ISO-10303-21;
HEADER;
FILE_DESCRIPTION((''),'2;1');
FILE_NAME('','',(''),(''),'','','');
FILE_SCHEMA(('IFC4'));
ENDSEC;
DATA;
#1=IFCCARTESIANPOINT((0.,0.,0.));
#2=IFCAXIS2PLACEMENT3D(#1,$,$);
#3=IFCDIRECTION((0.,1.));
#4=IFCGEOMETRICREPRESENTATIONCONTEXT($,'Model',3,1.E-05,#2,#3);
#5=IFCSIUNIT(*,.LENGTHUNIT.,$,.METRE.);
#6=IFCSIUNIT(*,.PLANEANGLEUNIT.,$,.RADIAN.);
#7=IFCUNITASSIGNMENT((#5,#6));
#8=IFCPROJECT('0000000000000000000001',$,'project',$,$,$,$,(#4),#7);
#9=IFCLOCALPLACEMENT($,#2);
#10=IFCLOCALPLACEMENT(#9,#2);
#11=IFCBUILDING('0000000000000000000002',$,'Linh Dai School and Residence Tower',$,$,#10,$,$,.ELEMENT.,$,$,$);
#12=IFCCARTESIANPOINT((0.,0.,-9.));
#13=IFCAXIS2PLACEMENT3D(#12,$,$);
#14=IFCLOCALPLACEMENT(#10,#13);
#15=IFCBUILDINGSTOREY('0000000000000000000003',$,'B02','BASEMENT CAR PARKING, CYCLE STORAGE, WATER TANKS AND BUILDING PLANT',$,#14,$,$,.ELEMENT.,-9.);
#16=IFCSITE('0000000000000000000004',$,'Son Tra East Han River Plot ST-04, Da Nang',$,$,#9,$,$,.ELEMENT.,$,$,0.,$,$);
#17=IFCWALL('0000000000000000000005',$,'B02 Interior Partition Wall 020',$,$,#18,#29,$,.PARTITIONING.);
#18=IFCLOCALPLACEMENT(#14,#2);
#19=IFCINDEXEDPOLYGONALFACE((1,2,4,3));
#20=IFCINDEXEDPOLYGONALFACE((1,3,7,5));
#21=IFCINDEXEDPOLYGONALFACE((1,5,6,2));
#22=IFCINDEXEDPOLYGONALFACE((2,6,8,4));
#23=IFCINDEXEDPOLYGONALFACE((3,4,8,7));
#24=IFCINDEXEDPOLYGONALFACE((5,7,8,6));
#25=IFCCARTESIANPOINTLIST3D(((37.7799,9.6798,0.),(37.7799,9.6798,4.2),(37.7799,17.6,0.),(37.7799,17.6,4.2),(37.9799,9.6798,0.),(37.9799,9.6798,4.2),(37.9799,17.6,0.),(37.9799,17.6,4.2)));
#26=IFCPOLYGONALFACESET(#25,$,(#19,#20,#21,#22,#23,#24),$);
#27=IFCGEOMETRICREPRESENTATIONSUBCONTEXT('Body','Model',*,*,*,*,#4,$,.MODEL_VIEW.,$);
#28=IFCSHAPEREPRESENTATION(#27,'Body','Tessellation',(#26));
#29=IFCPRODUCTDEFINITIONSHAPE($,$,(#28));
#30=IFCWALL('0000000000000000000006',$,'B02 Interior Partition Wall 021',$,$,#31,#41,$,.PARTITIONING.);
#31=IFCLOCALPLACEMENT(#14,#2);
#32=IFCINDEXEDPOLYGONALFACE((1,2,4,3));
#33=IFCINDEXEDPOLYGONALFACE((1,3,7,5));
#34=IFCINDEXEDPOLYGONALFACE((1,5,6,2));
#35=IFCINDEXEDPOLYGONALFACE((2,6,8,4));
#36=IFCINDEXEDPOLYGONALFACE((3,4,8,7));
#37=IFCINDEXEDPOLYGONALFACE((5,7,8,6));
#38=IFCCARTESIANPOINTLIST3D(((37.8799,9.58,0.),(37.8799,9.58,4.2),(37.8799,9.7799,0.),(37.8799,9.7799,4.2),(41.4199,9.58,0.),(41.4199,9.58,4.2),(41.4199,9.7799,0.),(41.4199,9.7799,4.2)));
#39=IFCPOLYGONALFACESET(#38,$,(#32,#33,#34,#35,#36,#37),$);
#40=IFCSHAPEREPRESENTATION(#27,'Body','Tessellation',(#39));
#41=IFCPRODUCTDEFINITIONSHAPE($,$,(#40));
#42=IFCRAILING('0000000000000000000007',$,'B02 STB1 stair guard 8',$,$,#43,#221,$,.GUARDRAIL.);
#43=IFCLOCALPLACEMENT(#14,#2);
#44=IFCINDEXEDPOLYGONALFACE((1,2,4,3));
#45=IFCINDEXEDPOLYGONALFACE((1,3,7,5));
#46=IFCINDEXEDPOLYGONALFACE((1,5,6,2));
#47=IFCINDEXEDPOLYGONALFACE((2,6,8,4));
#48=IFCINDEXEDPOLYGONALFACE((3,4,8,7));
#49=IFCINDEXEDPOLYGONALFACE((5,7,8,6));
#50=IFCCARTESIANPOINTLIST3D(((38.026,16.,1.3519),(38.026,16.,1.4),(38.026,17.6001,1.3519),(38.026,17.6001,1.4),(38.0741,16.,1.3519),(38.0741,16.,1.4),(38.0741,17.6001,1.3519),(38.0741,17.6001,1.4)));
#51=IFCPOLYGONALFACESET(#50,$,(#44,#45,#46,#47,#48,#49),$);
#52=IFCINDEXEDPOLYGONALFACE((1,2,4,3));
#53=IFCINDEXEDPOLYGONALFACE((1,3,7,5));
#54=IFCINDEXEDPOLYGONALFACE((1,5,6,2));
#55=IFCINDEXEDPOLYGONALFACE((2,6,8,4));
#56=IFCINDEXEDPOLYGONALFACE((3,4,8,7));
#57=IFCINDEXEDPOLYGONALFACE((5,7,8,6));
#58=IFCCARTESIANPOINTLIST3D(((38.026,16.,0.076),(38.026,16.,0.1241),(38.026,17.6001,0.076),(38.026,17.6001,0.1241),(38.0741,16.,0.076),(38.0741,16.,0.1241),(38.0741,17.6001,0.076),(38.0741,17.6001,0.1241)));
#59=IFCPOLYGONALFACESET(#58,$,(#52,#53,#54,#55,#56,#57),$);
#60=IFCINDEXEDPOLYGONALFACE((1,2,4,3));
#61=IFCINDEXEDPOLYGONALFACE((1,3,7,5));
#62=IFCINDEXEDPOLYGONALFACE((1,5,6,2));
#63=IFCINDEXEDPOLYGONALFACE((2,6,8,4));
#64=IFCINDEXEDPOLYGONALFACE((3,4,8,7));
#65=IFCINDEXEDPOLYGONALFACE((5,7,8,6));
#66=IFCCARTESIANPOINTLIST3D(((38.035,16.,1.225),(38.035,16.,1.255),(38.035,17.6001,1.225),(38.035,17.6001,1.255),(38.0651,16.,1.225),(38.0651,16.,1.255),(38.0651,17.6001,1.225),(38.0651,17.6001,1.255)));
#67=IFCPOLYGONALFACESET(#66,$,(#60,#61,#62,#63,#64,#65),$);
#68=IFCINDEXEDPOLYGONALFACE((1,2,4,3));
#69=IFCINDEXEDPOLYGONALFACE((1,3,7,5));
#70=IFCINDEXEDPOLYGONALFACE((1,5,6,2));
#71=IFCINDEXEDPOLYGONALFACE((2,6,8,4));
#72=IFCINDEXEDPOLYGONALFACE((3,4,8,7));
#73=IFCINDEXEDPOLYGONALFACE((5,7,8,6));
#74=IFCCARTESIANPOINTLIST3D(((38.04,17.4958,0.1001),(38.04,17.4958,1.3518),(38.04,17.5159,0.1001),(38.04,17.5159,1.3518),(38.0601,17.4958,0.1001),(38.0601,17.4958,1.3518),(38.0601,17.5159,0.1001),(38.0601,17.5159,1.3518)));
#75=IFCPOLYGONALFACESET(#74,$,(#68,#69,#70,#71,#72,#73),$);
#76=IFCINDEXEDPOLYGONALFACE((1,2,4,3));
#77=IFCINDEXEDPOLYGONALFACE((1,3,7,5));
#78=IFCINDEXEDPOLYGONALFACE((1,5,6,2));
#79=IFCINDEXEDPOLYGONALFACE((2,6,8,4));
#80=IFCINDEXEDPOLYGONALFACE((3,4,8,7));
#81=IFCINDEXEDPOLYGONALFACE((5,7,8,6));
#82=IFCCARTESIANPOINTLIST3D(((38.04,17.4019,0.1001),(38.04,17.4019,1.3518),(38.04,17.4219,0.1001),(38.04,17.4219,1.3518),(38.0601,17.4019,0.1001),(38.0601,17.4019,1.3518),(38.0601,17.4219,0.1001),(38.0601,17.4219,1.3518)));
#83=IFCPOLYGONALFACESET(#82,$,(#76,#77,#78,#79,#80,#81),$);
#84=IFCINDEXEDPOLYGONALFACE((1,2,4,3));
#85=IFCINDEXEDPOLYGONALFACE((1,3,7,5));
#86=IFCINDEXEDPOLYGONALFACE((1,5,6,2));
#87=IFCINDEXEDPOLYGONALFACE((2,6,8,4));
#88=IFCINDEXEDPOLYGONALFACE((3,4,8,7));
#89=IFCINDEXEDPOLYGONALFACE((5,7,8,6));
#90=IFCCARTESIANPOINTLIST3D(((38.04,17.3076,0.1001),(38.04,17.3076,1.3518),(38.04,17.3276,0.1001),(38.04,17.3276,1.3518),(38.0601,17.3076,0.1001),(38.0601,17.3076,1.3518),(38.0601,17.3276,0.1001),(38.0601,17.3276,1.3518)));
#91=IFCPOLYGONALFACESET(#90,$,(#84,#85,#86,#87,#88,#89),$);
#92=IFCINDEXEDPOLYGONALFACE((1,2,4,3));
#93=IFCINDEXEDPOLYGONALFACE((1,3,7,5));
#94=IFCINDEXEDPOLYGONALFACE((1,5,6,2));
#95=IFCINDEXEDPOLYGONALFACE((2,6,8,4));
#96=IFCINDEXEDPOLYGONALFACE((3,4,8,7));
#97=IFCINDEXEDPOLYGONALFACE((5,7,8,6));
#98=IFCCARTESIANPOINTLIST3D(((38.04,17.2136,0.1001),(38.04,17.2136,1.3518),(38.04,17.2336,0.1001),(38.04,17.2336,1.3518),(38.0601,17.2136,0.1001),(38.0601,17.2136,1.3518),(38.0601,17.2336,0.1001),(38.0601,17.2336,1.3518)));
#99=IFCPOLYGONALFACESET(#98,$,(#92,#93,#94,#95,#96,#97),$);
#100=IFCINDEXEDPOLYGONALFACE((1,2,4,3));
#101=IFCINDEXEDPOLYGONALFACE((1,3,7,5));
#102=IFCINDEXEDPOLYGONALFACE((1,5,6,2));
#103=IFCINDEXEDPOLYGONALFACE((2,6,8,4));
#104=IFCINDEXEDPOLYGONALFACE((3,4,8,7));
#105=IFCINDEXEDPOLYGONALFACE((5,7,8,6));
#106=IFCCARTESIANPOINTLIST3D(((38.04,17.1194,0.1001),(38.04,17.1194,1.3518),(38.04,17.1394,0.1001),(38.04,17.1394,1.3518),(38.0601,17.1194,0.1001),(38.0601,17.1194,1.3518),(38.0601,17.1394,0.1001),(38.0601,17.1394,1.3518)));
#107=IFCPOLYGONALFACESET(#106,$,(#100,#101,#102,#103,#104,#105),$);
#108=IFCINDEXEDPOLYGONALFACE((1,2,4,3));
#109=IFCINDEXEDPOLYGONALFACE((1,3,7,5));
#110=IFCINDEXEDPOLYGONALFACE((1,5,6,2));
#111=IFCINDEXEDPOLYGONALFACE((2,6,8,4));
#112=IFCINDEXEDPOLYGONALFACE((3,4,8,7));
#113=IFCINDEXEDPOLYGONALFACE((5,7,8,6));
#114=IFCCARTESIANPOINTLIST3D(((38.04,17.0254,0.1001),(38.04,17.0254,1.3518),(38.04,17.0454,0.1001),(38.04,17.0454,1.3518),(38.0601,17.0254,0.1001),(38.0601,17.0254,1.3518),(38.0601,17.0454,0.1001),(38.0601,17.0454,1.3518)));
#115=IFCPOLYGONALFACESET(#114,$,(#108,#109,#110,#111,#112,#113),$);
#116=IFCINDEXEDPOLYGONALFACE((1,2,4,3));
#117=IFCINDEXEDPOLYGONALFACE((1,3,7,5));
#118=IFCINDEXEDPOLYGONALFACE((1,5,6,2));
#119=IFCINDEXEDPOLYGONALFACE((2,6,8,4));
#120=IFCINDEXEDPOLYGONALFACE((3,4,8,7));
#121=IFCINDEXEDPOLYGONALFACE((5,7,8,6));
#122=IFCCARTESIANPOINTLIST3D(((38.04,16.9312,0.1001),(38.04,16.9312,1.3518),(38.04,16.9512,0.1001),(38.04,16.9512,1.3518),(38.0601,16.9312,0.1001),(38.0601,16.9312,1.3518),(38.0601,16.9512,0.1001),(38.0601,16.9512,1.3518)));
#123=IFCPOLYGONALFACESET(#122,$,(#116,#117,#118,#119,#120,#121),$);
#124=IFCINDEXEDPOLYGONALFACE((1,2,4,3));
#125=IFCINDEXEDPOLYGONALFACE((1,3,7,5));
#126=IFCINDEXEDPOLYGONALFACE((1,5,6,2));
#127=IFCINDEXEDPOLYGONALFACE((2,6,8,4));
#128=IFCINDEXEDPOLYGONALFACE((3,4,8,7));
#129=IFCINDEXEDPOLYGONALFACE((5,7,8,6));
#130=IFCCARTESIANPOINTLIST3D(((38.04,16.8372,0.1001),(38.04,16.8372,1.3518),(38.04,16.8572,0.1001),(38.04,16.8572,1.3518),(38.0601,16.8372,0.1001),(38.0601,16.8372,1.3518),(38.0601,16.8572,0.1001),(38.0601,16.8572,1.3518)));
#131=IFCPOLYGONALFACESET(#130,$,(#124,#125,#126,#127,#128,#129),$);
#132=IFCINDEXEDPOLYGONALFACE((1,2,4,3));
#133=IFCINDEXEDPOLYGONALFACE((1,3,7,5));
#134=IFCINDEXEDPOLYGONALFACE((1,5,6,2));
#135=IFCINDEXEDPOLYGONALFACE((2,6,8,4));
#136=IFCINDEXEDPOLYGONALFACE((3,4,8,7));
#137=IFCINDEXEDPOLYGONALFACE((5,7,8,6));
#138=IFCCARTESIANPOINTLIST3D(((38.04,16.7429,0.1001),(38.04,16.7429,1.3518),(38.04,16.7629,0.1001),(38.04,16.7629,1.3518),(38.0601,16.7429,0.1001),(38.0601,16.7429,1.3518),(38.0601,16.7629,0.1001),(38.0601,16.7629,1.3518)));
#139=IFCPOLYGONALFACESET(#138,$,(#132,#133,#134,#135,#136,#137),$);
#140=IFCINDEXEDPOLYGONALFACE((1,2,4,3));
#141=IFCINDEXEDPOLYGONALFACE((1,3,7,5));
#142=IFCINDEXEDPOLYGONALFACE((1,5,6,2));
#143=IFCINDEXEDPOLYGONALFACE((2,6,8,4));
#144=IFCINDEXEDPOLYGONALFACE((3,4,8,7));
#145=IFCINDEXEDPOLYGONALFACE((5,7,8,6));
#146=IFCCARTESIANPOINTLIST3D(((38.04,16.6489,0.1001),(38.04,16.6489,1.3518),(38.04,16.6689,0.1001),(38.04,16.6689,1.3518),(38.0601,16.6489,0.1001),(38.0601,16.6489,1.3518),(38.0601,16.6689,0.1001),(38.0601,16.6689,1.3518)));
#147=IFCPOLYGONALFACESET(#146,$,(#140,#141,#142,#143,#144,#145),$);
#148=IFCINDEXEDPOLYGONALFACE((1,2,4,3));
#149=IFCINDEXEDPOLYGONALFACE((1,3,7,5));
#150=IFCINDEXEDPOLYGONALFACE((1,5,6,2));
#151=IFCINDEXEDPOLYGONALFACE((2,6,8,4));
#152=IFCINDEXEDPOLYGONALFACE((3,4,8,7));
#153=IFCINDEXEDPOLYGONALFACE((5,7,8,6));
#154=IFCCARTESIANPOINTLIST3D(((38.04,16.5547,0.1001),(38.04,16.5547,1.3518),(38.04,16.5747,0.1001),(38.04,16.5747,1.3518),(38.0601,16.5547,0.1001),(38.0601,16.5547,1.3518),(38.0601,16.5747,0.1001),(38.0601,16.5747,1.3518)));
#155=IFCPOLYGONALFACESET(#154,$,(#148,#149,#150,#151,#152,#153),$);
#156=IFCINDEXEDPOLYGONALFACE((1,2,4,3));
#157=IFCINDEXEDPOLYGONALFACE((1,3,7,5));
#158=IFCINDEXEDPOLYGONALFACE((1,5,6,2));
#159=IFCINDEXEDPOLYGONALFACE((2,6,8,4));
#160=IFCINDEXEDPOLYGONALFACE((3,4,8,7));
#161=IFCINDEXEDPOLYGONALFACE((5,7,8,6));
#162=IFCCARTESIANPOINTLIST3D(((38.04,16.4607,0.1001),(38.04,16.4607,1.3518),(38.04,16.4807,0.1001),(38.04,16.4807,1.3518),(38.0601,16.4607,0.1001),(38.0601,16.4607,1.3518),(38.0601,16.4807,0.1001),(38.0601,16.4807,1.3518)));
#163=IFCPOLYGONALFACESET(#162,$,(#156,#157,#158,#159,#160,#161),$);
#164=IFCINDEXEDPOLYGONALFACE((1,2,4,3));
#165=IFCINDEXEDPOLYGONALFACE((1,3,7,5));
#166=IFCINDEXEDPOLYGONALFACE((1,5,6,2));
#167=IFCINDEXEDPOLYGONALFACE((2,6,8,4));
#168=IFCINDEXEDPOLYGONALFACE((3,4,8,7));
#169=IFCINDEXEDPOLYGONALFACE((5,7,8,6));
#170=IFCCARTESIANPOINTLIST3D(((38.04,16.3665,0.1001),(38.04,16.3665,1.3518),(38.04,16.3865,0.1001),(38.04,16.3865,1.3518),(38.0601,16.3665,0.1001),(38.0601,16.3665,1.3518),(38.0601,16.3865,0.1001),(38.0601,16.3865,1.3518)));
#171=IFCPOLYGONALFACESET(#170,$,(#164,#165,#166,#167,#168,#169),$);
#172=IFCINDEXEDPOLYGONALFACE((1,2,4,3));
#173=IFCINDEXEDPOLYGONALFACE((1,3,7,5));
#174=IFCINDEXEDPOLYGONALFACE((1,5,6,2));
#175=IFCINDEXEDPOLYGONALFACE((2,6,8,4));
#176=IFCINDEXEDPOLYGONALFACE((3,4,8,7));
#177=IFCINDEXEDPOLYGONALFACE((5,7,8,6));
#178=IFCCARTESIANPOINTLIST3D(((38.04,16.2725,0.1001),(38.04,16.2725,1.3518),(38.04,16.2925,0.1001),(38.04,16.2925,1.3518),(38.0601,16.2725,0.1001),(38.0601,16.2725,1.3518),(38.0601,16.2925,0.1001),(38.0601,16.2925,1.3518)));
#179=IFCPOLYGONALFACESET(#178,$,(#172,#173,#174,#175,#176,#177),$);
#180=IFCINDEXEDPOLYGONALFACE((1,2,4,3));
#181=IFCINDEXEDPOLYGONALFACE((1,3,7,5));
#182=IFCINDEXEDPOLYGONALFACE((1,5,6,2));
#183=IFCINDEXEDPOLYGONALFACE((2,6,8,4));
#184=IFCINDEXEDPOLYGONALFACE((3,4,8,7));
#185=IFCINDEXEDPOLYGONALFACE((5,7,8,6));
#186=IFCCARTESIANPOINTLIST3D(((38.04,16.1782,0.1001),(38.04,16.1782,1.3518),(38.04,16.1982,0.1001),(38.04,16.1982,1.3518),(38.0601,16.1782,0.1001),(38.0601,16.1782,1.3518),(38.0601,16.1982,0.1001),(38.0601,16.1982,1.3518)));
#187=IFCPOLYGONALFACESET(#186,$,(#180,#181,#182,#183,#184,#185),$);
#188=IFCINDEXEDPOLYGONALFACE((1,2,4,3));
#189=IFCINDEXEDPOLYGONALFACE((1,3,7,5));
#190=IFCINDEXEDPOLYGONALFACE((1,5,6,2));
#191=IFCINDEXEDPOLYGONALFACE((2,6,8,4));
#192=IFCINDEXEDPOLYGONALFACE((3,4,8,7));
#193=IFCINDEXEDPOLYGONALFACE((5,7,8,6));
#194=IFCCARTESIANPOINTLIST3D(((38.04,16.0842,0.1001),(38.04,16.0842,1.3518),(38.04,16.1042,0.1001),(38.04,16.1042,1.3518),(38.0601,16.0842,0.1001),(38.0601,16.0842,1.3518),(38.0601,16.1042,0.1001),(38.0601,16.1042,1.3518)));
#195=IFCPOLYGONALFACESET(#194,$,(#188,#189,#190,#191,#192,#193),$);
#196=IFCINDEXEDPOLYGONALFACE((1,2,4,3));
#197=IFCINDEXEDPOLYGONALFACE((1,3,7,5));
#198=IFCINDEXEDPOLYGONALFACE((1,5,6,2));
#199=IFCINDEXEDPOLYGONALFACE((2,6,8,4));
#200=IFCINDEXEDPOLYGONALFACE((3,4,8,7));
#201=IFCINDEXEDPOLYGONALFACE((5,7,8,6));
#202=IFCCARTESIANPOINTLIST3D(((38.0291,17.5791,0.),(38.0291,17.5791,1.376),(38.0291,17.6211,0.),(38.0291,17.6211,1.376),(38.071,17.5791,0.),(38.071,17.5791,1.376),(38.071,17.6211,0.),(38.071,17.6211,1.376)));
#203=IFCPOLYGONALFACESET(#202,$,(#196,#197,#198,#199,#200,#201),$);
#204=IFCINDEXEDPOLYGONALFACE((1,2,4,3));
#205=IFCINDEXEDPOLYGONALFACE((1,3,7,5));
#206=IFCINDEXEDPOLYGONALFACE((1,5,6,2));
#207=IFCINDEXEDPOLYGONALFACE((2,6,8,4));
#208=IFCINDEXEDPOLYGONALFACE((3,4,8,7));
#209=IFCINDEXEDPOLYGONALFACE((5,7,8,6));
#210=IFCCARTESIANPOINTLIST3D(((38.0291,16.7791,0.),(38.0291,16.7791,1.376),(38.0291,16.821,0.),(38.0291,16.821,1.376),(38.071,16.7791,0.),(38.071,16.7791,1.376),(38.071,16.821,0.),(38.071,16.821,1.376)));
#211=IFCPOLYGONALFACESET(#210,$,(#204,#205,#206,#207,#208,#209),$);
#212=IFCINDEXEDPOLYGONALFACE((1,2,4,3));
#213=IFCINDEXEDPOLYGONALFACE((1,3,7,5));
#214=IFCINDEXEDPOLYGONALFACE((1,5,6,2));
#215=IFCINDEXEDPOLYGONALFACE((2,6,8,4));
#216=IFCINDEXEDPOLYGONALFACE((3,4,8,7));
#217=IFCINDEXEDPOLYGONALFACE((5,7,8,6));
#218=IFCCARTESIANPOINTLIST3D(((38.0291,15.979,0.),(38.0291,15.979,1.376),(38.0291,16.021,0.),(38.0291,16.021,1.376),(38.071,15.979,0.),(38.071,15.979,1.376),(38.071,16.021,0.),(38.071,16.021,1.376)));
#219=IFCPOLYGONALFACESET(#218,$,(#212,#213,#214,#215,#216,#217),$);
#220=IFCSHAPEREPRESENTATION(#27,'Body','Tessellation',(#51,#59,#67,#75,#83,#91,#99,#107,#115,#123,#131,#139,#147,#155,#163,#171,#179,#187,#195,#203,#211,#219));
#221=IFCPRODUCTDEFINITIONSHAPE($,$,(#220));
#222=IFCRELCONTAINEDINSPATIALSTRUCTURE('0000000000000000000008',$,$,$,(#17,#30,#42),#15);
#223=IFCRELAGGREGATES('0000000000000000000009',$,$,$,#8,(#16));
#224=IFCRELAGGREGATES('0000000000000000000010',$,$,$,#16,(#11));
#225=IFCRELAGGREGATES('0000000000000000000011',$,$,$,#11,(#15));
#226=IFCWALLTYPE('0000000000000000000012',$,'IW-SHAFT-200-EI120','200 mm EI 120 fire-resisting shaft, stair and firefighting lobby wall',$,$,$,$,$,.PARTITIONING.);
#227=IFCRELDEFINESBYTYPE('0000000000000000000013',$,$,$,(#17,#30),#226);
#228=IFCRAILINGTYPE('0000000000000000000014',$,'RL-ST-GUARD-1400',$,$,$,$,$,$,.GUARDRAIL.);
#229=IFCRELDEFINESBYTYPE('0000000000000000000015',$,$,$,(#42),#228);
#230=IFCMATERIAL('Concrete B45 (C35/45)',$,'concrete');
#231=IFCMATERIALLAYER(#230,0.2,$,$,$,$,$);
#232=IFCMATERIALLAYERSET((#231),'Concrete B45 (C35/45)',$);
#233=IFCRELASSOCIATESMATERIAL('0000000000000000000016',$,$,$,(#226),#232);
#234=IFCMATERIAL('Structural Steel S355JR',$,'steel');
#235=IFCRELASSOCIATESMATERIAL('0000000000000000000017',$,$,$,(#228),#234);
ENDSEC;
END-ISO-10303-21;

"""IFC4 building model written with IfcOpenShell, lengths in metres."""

from ifc_helpers import new_model, si_unit, direction, frame, frame_2d, origin, origin_2d, place, context, subcontext, project, spatial, rectangle, extrude, source, transform, mapped, material, layer, layer_set, type_object, element, save


model = new_model("IFC4")

# Units and contexts
model_context = context("Model", 3, precision=1e-05, world=origin(), true_north=direction((0.0, 1.0)))
body_context = subcontext(model_context, "Body", "Model", "MODEL_VIEW")
ifc_project = project(units=[si_unit("LENGTHUNIT", "METRE"), si_unit("PLANEANGLEUNIT", "RADIAN")], contexts=[model_context])

# Site, building, storey
site_placement = place(None, origin())
site = spatial("IfcSite", under=ifc_project, at=site_placement, Name="Son Tra East Han River Plot ST-04, Da Nang", CompositionType="ELEMENT", RefElevation=0.0)
building_placement = place(site_placement, origin())
building = spatial("IfcBuilding", under=site, at=building_placement, Name="Linh Dai School and Residence Tower", CompositionType="ELEMENT")
storey_placement = place(building_placement, frame((0.0, 0.0, -9.0)))
storey = spatial("IfcBuildingStorey", under=building, at=storey_placement, Name="B02", Description="BASEMENT CAR PARKING, CYCLE STORAGE, WATER TANKS AND BUILDING PLANT", CompositionType="ELEMENT", Elevation=-9.0)

# Shared definitions
ifc_material_1 = material(Name="Concrete B45 (C35/45)", Category="concrete")

# Shared definitions
ifc_material_2 = material(Name="Structural Steel S355JR", Category="steel")

# Walls
ifc_layer = layer(ifc_material_1, 0.2)
ifc_layer_set = layer_set([ifc_layer], Name="Concrete B45 (C35/45)")
wall_type = type_object("IfcWallType", Name="IW-SHAFT-200-EI120", Description="200 mm EI 120 fire-resisting shaft, stair and firefighting lobby wall", PredefinedType="PARTITIONING", material=ifc_layer_set)
wall_1_placement = place(storey_placement, frame((37.8799, 9.6799, 0.0), z_axis=(0.0, 0.0, 1.0), x_axis=(0.0, 1.0, 0.0)))
element("IfcWall", 1, at=wall_1_placement, inside=storey, type_object=wall_type, Name="B02 Interior Partition Wall 020", PredefinedType="PARTITIONING", context=body_context, shape_type="SweptSolid", body=[
    extrude(rectangle(XDim=7.9202, YDim=0.2, at=frame_2d((3.96, 0.0))), origin(), (0.0, 0.0, 1.0), 4.2),
])
wall_2_placement = place(storey_placement, frame((37.8799, 9.6799, 0.0), z_axis=(0.0, 0.0, 1.0), x_axis=(1.0, 0.0, 0.0)))
element("IfcWall", 2, at=wall_2_placement, inside=storey, type_object=wall_type, Name="B02 Interior Partition Wall 021", PredefinedType="PARTITIONING", context=body_context, shape_type="SweptSolid", body=[
    extrude(rectangle(XDim=3.54, YDim=0.2, at=frame_2d((1.77, 0.0))), origin(), (0.0, 0.0, 1.0), 4.2),
])

# Railing
railing_type = type_object("IfcRailingType", Name="RL-ST-GUARD-1400", PredefinedType="GUARDRAIL", material=ifc_material_2)
shared_shape_1 = source(origin(), body_context, "Body", "SweptSolid", [
    extrude(rectangle(XDim=0.0481, YDim=0.0481, at=origin_2d()), frame((0.0, 0.0, 1.376), z_axis=(0.0, -1.0, 0.0), x_axis=(1.0, 0.0, 0.0)), (0.0, 0.0, 1.0), 1.6001),
    extrude(rectangle(XDim=0.0481, YDim=0.0481, at=origin_2d()), frame((0.0, 0.0, 0.1001), z_axis=(0.0, -1.0, 0.0), x_axis=(1.0, 0.0, 0.0)), (0.0, 0.0, 1.0), 1.6001),
    extrude(rectangle(XDim=0.03, YDim=0.03, at=origin_2d()), frame((0.0, 0.0, 1.24), z_axis=(0.0, -1.0, 0.0), x_axis=(1.0, 0.0, 0.0)), (0.0, 0.0, 1.0), 1.6001),
    extrude(rectangle(XDim=0.02, YDim=0.02, at=origin_2d()), frame((0.0, -0.0942, 0.1001)), (0.0, 0.0, 1.0), 1.2517),
    extrude(rectangle(XDim=0.02, YDim=0.02, at=origin_2d()), frame((0.0, -0.1882, 0.1001)), (0.0, 0.0, 1.0), 1.2517),
    extrude(rectangle(XDim=0.02, YDim=0.02, at=origin_2d()), frame((0.0, -0.2825, 0.1001)), (0.0, 0.0, 1.0), 1.2517),
    extrude(rectangle(XDim=0.02, YDim=0.02, at=origin_2d()), frame((0.0, -0.3765, 0.1001)), (0.0, 0.0, 1.0), 1.2517),
    extrude(rectangle(XDim=0.02, YDim=0.02, at=origin_2d()), frame((0.0, -0.4707, 0.1001)), (0.0, 0.0, 1.0), 1.2517),
    extrude(rectangle(XDim=0.02, YDim=0.02, at=origin_2d()), frame((0.0, -0.5647, 0.1001)), (0.0, 0.0, 1.0), 1.2517),
    extrude(rectangle(XDim=0.02, YDim=0.02, at=origin_2d()), frame((0.0, -0.6589, 0.1001)), (0.0, 0.0, 1.0), 1.2517),
    extrude(rectangle(XDim=0.02, YDim=0.02, at=origin_2d()), frame((0.0, -0.7529, 0.1001)), (0.0, 0.0, 1.0), 1.2517),
    extrude(rectangle(XDim=0.02, YDim=0.02, at=origin_2d()), frame((0.0, -0.8472, 0.1001)), (0.0, 0.0, 1.0), 1.2517),
    extrude(rectangle(XDim=0.02, YDim=0.02, at=origin_2d()), frame((0.0, -0.9412, 0.1001)), (0.0, 0.0, 1.0), 1.2517),
    extrude(rectangle(XDim=0.02, YDim=0.02, at=origin_2d()), frame((0.0, -1.0354, 0.1001)), (0.0, 0.0, 1.0), 1.2517),
    extrude(rectangle(XDim=0.02, YDim=0.02, at=origin_2d()), frame((0.0, -1.1294, 0.1001)), (0.0, 0.0, 1.0), 1.2517),
    extrude(rectangle(XDim=0.02, YDim=0.02, at=origin_2d()), frame((0.0, -1.2236, 0.1001)), (0.0, 0.0, 1.0), 1.2517),
    extrude(rectangle(XDim=0.02, YDim=0.02, at=origin_2d()), frame((0.0, -1.3176, 0.1001)), (0.0, 0.0, 1.0), 1.2517),
    extrude(rectangle(XDim=0.02, YDim=0.02, at=origin_2d()), frame((0.0, -1.4119, 0.1001)), (0.0, 0.0, 1.0), 1.2517),
    extrude(rectangle(XDim=0.02, YDim=0.02, at=origin_2d()), frame((0.0, -1.5059, 0.1001)), (0.0, 0.0, 1.0), 1.2517),
    extrude(rectangle(XDim=0.042, YDim=0.042, at=origin_2d()), origin(), (0.0, 0.0, 1.0), 1.376),
    extrude(rectangle(XDim=0.042, YDim=0.042, at=origin_2d()), frame((0.0, -0.8, 0.0)), (0.0, 0.0, 1.0), 1.376),
    extrude(rectangle(XDim=0.042, YDim=0.042, at=origin_2d()), frame((0.0, -1.6001, 0.0)), (0.0, 0.0, 1.0), 1.376),
])
railing_1_placement = place(storey_placement, frame((38.05, 17.6001, 0.0)))
element("IfcRailing", 3, at=railing_1_placement, inside=storey, type_object=railing_type, Name="B02 STB1 stair guard 8", PredefinedType="GUARDRAIL", context=body_context, shape_type="MappedRepresentation", body=[
    mapped(shared_shape_1, transform((0.0, 0.0, 0.0), x_axis=(1.0, 0.0, 0.0), y_axis=(0.0, 1.0, 0.0), z_axis=(0.0, 0.0, 1.0), scale=1.0)),
])

save(model, "model.ifc")
